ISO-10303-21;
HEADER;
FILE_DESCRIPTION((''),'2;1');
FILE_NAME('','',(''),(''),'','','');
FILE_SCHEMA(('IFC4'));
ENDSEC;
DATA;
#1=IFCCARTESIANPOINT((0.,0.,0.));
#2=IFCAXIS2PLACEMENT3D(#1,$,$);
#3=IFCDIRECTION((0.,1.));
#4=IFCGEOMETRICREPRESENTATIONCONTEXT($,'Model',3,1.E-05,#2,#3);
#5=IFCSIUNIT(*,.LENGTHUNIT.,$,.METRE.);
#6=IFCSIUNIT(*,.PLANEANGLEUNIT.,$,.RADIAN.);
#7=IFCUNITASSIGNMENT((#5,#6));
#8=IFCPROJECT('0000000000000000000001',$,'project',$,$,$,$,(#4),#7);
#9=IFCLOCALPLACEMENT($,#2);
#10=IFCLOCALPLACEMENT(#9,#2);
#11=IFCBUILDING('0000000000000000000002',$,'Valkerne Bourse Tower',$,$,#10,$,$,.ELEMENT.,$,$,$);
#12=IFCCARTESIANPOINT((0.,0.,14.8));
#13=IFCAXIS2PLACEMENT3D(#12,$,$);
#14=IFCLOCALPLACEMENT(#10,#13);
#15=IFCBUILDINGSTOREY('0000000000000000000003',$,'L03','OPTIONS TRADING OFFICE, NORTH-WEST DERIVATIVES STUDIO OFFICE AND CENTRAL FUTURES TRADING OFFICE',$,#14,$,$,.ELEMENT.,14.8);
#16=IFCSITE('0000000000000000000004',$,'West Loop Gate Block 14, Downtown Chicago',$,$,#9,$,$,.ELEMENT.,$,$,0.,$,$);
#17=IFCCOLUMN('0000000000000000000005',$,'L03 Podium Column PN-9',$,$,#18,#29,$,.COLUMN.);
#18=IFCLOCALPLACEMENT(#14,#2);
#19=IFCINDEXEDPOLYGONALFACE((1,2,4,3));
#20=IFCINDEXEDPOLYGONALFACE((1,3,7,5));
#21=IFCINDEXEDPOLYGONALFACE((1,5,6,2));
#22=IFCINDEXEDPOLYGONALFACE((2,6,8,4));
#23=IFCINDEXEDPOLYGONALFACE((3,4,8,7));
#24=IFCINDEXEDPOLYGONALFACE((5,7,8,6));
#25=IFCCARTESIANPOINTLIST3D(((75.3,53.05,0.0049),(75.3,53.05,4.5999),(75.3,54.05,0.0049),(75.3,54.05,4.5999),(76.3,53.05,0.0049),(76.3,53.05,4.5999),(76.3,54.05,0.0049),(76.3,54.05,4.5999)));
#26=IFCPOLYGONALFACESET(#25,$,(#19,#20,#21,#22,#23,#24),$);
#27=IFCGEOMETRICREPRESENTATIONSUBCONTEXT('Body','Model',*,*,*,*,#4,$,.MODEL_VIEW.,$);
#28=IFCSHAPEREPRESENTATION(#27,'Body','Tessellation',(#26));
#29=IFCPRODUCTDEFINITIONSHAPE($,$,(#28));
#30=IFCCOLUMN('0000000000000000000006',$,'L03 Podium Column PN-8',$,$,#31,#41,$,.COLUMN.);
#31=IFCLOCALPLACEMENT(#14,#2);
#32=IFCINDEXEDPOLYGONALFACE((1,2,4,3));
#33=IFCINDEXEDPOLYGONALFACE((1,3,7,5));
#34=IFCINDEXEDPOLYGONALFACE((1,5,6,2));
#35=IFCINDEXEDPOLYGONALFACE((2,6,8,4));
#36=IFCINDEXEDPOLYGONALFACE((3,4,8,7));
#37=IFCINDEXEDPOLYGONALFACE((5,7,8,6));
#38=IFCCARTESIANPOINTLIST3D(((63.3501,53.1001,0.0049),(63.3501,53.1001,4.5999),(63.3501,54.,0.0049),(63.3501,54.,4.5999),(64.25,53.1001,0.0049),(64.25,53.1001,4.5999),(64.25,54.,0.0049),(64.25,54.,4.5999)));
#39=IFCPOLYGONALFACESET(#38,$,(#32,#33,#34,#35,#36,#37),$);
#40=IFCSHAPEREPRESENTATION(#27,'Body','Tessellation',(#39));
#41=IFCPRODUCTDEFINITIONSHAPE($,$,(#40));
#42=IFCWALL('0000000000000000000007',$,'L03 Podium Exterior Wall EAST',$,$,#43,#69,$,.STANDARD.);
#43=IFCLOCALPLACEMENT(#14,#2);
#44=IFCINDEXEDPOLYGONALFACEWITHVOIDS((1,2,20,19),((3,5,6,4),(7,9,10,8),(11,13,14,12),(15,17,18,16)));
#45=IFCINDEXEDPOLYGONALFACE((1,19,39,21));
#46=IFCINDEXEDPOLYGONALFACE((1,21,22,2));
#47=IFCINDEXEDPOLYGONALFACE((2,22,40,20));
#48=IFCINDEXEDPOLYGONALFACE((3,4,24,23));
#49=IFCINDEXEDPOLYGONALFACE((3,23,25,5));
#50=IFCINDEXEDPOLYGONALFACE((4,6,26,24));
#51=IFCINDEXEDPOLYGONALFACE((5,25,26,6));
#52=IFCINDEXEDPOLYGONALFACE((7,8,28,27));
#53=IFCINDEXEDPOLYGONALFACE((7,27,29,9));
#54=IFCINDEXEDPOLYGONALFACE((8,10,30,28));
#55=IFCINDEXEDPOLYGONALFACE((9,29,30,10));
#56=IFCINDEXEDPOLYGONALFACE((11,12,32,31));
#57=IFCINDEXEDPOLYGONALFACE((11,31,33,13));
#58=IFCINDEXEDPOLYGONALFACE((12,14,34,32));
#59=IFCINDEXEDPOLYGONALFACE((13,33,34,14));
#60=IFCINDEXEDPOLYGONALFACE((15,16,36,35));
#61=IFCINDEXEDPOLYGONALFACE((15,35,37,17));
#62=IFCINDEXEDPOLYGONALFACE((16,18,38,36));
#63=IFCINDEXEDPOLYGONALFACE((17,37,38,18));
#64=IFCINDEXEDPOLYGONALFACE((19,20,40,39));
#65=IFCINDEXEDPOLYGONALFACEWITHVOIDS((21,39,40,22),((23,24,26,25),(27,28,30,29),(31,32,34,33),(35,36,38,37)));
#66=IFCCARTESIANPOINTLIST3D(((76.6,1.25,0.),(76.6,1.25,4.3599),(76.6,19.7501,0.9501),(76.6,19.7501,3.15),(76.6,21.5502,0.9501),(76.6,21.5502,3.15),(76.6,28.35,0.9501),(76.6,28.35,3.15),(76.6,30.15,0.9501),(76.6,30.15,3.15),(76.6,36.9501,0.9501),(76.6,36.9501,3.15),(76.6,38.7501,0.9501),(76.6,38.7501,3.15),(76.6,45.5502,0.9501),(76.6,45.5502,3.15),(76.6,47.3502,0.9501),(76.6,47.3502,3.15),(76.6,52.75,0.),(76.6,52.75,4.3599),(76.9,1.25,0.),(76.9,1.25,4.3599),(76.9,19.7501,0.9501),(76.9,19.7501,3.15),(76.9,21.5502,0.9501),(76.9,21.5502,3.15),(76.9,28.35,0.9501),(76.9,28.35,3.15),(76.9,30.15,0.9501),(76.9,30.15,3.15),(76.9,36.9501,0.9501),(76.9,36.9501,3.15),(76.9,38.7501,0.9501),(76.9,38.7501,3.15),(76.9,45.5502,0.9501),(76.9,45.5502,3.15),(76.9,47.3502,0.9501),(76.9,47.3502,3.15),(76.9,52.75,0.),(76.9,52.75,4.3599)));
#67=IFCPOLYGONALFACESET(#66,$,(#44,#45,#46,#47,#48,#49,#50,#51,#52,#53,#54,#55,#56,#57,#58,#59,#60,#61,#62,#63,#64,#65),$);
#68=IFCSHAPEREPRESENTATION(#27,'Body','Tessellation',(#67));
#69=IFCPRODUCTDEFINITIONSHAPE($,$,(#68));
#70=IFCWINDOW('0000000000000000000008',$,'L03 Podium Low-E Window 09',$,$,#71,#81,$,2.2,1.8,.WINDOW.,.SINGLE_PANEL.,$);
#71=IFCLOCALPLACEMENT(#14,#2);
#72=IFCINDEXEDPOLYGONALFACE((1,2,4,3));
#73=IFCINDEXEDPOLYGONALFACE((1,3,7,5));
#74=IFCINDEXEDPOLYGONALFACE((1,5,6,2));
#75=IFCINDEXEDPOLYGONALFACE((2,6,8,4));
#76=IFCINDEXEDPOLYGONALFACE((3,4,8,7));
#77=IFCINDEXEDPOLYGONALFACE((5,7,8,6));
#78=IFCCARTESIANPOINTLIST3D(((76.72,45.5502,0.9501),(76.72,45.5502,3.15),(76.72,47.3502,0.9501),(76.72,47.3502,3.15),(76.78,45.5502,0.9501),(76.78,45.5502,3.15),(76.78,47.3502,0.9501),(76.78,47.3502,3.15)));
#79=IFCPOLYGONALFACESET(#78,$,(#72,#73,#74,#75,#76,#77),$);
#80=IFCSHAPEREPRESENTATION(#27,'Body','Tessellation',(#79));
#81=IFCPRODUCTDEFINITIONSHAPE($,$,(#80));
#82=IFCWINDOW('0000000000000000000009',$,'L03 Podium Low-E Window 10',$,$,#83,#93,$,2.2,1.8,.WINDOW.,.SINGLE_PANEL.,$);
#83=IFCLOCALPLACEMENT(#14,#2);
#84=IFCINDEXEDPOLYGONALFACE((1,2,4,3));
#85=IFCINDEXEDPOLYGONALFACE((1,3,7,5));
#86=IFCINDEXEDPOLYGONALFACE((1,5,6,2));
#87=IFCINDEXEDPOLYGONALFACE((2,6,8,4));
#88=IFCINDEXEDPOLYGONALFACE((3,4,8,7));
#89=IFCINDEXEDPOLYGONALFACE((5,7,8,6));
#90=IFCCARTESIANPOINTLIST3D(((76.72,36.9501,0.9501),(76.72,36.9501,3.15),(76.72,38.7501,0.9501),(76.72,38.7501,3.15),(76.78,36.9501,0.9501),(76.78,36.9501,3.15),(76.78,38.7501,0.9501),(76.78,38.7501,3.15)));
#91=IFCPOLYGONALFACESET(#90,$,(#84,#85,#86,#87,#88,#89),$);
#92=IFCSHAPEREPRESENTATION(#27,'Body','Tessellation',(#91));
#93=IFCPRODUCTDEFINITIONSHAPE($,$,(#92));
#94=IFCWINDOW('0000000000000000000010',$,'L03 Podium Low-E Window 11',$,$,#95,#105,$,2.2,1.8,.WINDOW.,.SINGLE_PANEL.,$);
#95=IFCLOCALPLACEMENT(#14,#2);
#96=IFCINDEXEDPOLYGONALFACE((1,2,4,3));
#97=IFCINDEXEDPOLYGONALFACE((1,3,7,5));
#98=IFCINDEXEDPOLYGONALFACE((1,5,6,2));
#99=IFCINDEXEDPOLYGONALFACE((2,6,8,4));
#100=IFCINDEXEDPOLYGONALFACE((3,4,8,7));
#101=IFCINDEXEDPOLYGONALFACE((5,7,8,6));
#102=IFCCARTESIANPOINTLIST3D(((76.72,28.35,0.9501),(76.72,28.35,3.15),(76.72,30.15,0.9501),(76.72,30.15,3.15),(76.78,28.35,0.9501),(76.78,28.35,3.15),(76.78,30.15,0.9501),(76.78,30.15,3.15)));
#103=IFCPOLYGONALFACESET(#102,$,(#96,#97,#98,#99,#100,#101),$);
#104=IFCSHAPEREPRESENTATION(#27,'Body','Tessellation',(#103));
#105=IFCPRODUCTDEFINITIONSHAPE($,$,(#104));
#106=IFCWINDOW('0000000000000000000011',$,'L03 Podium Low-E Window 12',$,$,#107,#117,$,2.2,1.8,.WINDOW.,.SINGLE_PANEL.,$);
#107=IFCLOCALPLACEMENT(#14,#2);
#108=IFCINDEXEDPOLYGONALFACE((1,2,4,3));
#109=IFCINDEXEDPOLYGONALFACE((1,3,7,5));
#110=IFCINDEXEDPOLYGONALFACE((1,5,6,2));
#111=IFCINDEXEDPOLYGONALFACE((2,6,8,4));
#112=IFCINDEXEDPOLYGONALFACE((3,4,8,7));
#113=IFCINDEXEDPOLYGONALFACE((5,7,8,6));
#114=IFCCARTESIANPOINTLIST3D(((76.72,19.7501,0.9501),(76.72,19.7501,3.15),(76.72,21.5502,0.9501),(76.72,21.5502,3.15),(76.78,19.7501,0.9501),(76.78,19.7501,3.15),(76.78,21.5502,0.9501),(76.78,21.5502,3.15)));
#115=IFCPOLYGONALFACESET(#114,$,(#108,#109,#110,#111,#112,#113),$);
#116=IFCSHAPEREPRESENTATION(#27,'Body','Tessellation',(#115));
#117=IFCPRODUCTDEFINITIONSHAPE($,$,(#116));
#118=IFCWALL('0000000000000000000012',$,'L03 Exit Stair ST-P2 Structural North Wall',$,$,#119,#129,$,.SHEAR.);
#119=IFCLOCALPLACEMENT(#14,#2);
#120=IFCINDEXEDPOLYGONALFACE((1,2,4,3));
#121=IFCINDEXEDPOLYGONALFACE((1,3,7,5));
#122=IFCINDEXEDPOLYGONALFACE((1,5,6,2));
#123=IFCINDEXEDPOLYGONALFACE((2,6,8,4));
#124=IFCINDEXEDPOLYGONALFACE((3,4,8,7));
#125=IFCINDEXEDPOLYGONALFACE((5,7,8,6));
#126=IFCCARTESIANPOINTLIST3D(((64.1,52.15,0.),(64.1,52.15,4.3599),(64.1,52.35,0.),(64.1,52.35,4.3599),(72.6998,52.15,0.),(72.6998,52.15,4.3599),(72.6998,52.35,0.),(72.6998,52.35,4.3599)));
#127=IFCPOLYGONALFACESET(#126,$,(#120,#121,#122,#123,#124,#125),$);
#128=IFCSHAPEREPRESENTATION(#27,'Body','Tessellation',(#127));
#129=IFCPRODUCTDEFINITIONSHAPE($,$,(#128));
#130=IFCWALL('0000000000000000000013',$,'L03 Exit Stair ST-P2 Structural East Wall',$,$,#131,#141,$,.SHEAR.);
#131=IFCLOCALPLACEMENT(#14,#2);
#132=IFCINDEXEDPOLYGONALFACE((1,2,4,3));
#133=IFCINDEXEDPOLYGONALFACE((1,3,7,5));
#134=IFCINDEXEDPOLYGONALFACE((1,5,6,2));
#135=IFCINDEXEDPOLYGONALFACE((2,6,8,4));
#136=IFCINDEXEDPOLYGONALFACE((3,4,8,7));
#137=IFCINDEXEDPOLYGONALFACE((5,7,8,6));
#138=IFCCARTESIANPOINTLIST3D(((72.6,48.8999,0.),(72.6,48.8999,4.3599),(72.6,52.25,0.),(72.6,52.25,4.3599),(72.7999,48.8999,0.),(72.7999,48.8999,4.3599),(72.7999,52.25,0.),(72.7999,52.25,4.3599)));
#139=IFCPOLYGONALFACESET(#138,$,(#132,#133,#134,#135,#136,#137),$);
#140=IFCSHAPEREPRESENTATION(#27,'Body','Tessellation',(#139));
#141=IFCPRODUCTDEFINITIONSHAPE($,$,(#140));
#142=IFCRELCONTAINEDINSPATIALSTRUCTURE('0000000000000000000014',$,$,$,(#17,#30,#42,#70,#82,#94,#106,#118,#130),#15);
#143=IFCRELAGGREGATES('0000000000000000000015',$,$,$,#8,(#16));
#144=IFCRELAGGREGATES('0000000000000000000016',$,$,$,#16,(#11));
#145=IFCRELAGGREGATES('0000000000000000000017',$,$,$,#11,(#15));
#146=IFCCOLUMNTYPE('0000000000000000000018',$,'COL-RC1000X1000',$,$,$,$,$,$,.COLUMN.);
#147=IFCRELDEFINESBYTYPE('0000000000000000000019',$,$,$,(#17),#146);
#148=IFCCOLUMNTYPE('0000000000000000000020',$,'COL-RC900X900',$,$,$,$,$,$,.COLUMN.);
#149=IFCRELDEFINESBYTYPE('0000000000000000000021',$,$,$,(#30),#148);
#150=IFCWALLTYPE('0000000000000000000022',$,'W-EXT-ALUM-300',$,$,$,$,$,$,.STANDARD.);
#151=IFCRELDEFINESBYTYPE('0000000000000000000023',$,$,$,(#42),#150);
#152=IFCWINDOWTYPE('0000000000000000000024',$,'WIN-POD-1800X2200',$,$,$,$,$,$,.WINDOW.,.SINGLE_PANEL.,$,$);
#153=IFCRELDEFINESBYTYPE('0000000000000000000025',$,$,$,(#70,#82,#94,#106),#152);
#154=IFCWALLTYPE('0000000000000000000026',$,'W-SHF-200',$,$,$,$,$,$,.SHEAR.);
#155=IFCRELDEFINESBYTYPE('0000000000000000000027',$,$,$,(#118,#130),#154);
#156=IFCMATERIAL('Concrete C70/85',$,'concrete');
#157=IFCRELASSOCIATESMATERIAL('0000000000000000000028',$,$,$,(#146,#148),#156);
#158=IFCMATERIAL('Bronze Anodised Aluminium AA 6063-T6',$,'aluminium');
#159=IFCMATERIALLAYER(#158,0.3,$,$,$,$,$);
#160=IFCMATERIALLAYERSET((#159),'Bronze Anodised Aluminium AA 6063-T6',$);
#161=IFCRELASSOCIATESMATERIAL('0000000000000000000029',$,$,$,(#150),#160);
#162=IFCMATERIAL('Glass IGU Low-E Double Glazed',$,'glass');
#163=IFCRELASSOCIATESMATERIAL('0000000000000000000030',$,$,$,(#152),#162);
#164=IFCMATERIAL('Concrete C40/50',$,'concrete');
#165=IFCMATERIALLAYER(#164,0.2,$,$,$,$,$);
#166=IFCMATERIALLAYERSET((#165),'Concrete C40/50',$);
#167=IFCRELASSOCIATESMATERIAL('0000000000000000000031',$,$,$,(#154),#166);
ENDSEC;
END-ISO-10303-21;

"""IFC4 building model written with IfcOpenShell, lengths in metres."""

from ifc_helpers import new_model, si_unit, direction, frame, frame_2d, origin, origin_2d, place, context, subcontext, project, spatial, rectangle, extrude, material, layer, layer_set, material_profile, profile_set, type_object, element, fill, save


model = new_model("IFC4")

# Units and contexts
model_context = context("Model", 3, precision=1e-05, world=origin(), true_north=direction((0.0, 1.0)))
body_context = subcontext(model_context, "Body", "Model", "MODEL_VIEW")
ifc_project = project(units=[si_unit("LENGTHUNIT", "METRE"), si_unit("PLANEANGLEUNIT", "RADIAN")], contexts=[model_context])

# Site, building, storey
site_placement = place(None, origin())
site = spatial("IfcSite", under=ifc_project, at=site_placement, Name="West Loop Gate Block 14, Downtown Chicago", CompositionType="ELEMENT", RefElevation=0.0)
building_placement = place(site_placement, origin())
building = spatial("IfcBuilding", under=site, at=building_placement, Name="Valkerne Bourse Tower", CompositionType="ELEMENT")
storey_placement = place(building_placement, frame((0.0, 0.0, 14.8)))
storey = spatial("IfcBuildingStorey", under=building, at=storey_placement, Name="L03", Description="OPTIONS TRADING OFFICE, NORTH-WEST DERIVATIVES STUDIO OFFICE AND CENTRAL FUTURES TRADING OFFICE", CompositionType="ELEMENT", Elevation=14.8)

# Columns
ifc_material_1 = material(Name="Concrete C70/85", Category="concrete")
ifc_material_profile_1 = material_profile(ifc_material_1, rectangle(XDim=1.0, YDim=1.0, at=origin_2d()), Name="RC1000X1000")
ifc_profile_set_1 = profile_set([ifc_material_profile_1], Name="Concrete C70/85")
column_type_1 = type_object("IfcColumnType", Name="COL-RC1000X1000", PredefinedType="COLUMN", material=ifc_profile_set_1)
column_1_placement = place(storey_placement, frame((75.8, 53.55, 0.0049), z_axis=(0.0, 0.0, 1.0), x_axis=(1.0, 0.0, 0.0)))
element("IfcColumn", 1, at=column_1_placement, inside=storey, type_object=column_type_1, Name="L03 Podium Column PN-9", PredefinedType="COLUMN", context=body_context, shape_type="SweptSolid", body=[
    extrude(rectangle(XDim=1.0, YDim=1.0, at=origin_2d()), origin(), (0.0, 0.0, 1.0), 4.595),
])
ifc_material_profile_2 = material_profile(ifc_material_1, rectangle(XDim=0.8999, YDim=0.8999, at=origin_2d()), Name="RC900X900")
ifc_profile_set_2 = profile_set([ifc_material_profile_2], Name="Concrete C70/85")
column_type_2 = type_object("IfcColumnType", Name="COL-RC900X900", PredefinedType="COLUMN", material=ifc_profile_set_2)
column_2_placement = place(storey_placement, frame((63.8, 53.55, 0.0049), z_axis=(0.0, 0.0, 1.0), x_axis=(1.0, 0.0, 0.0)))
element("IfcColumn", 2, at=column_2_placement, inside=storey, type_object=column_type_2, Name="L03 Podium Column PN-8", PredefinedType="COLUMN", context=body_context, shape_type="SweptSolid", body=[
    extrude(rectangle(XDim=0.8999, YDim=0.8999, at=origin_2d()), origin(), (0.0, 0.0, 1.0), 4.595),
])

# Wall, openings, windows
ifc_material_2 = material(Name="Bronze Anodised Aluminium AA 6063-T6", Category="aluminium")
ifc_layer_1 = layer(ifc_material_2, 0.3)
ifc_layer_set_1 = layer_set([ifc_layer_1], Name="Bronze Anodised Aluminium AA 6063-T6")
wall_type_1 = type_object("IfcWallType", Name="W-EXT-ALUM-300", PredefinedType="STANDARD", material=ifc_layer_set_1)
wall_1_placement = place(storey_placement, frame((76.75, 52.75, 0.0), z_axis=(0.0, 0.0, 1.0), x_axis=(0.0, -1.0, 0.0)))
wall_1 = element("IfcWall", 3, at=wall_1_placement, inside=storey, type_object=wall_type_1, Name="L03 Podium Exterior Wall EAST", PredefinedType="STANDARD", context=body_context, shape_type="SweptSolid", body=[
    extrude(rectangle(XDim=51.5, YDim=0.3, at=frame_2d((25.75, 0.0))), origin(), (0.0, 0.0, 1.0), 4.3599),
])
opening_1_placement = place(wall_1_placement, frame((5.3999, 0.0, 0.95)))
opening_1 = element("IfcOpeningElement", 4, at=opening_1_placement, cuts=wall_1, PredefinedType="OPENING", context=body_context, shape_type="SweptSolid", body=[
    extrude(rectangle(XDim=1.8, YDim=2.2, at=frame_2d((0.8999, 1.1001))), frame((0.0, 0.1599, 0.0), z_axis=(0.0, -1.0, 0.0), x_axis=(1.0, 0.0, 0.0)), (0.0, 0.0, 1.0), 0.3201),
])
opening_2_placement = place(wall_1_placement, frame((14.0, 0.0, 0.95)))
opening_2 = element("IfcOpeningElement", 5, at=opening_2_placement, cuts=wall_1, PredefinedType="OPENING", context=body_context, shape_type="SweptSolid", body=[
    extrude(rectangle(XDim=1.8, YDim=2.2, at=frame_2d((0.8999, 1.1001))), frame((0.0, 0.1599, 0.0), z_axis=(0.0, -1.0, 0.0), x_axis=(1.0, 0.0, 0.0)), (0.0, 0.0, 1.0), 0.3201),
])
opening_3_placement = place(wall_1_placement, frame((22.6001, 0.0, 0.95)))
opening_3 = element("IfcOpeningElement", 6, at=opening_3_placement, cuts=wall_1, PredefinedType="OPENING", context=body_context, shape_type="SweptSolid", body=[
    extrude(rectangle(XDim=1.8, YDim=2.2, at=frame_2d((0.8999, 1.1001))), frame((0.0, 0.1599, 0.0), z_axis=(0.0, -1.0, 0.0), x_axis=(1.0, 0.0, 0.0)), (0.0, 0.0, 1.0), 0.3201),
])
opening_4_placement = place(wall_1_placement, frame((31.2, 0.0, 0.95)))
opening_4 = element("IfcOpeningElement", 7, at=opening_4_placement, cuts=wall_1, PredefinedType="OPENING", context=body_context, shape_type="SweptSolid", body=[
    extrude(rectangle(XDim=1.8, YDim=2.2, at=frame_2d((0.8999, 1.1001))), frame((0.0, 0.1599, 0.0), z_axis=(0.0, -1.0, 0.0), x_axis=(1.0, 0.0, 0.0)), (0.0, 0.0, 1.0), 0.3201),
])
ifc_material_3 = material(Name="Glass IGU Low-E Double Glazed", Category="glass")
window_type = type_object("IfcWindowType", Name="WIN-POD-1800X2200", PartitioningType="SINGLE_PANEL", PredefinedType="WINDOW", material=ifc_material_3)
window_1_placement = place(opening_1_placement, origin())
window_1 = element("IfcWindow", 8, at=window_1_placement, inside=storey, type_object=window_type, Name="L03 Podium Low-E Window 09", OverallHeight=2.2, OverallWidth=1.8, PartitioningType="SINGLE_PANEL", PredefinedType="WINDOW", context=body_context, shape_type="SweptSolid", body=[
    extrude(rectangle(XDim=1.8, YDim=2.2, at=frame_2d((0.8999, 1.1001))), frame((0.0, 0.03, 0.0), z_axis=(0.0, -1.0, 0.0), x_axis=(1.0, 0.0, 0.0)), (0.0, 0.0, 1.0), 0.0601),
])
fill(opening_1, window_1)
window_2_placement = place(opening_2_placement, origin())
window_2 = element("IfcWindow", 9, at=window_2_placement, inside=storey, type_object=window_type, Name="L03 Podium Low-E Window 10", OverallHeight=2.2, OverallWidth=1.8, PartitioningType="SINGLE_PANEL", PredefinedType="WINDOW", context=body_context, shape_type="SweptSolid", body=[
    extrude(rectangle(XDim=1.8, YDim=2.2, at=frame_2d((0.8999, 1.1001))), frame((0.0, 0.03, 0.0), z_axis=(0.0, -1.0, 0.0), x_axis=(1.0, 0.0, 0.0)), (0.0, 0.0, 1.0), 0.0601),
])
fill(opening_2, window_2)
window_3_placement = place(opening_3_placement, origin())
window_3 = element("IfcWindow", 10, at=window_3_placement, inside=storey, type_object=window_type, Name="L03 Podium Low-E Window 11", OverallHeight=2.2, OverallWidth=1.8, PartitioningType="SINGLE_PANEL", PredefinedType="WINDOW", context=body_context, shape_type="SweptSolid", body=[
    extrude(rectangle(XDim=1.8, YDim=2.2, at=frame_2d((0.8999, 1.1001))), frame((0.0, 0.03, 0.0), z_axis=(0.0, -1.0, 0.0), x_axis=(1.0, 0.0, 0.0)), (0.0, 0.0, 1.0), 0.0601),
])
fill(opening_3, window_3)
window_4_placement = place(opening_4_placement, origin())
window_4 = element("IfcWindow", 11, at=window_4_placement, inside=storey, type_object=window_type, Name="L03 Podium Low-E Window 12", OverallHeight=2.2, OverallWidth=1.8, PartitioningType="SINGLE_PANEL", PredefinedType="WINDOW", context=body_context, shape_type="SweptSolid", body=[
    extrude(rectangle(XDim=1.8, YDim=2.2, at=frame_2d((0.8999, 1.1001))), frame((0.0, 0.03, 0.0), z_axis=(0.0, -1.0, 0.0), x_axis=(1.0, 0.0, 0.0)), (0.0, 0.0, 1.0), 0.0601),
])
fill(opening_4, window_4)

# Walls
ifc_material_4 = material(Name="Concrete C40/50", Category="concrete")
ifc_layer_2 = layer(ifc_material_4, 0.2)
ifc_layer_set_2 = layer_set([ifc_layer_2], Name="Concrete C40/50")
wall_type_2 = type_object("IfcWallType", Name="W-SHF-200", PredefinedType="SHEAR", material=ifc_layer_set_2)
wall_2_placement = place(storey_placement, frame((64.1001, 52.25, 0.0), z_axis=(0.0, 0.0, 1.0), x_axis=(1.0, 0.0, 0.0)))
element("IfcWall", 12, at=wall_2_placement, inside=storey, type_object=wall_type_2, Name="L03 Exit Stair ST-P2 Structural North Wall", PredefinedType="SHEAR", context=body_context, shape_type="SweptSolid", body=[
    extrude(rectangle(XDim=8.5999, YDim=0.2, at=frame_2d((4.2998, 0.0))), origin(), (0.0, 0.0, 1.0), 4.3599),
])
wall_3_placement = place(storey_placement, frame((72.7, 48.8999, 0.0), z_axis=(0.0, 0.0, 1.0), x_axis=(0.0, 1.0, 0.0)))
element("IfcWall", 13, at=wall_3_placement, inside=storey, type_object=wall_type_2, Name="L03 Exit Stair ST-P2 Structural East Wall", PredefinedType="SHEAR", context=body_context, shape_type="SweptSolid", body=[
    extrude(rectangle(XDim=3.3501, YDim=0.2, at=frame_2d((1.675, 0.0))), origin(), (0.0, 0.0, 1.0), 4.3599),
])

save(model, "model.ifc")
